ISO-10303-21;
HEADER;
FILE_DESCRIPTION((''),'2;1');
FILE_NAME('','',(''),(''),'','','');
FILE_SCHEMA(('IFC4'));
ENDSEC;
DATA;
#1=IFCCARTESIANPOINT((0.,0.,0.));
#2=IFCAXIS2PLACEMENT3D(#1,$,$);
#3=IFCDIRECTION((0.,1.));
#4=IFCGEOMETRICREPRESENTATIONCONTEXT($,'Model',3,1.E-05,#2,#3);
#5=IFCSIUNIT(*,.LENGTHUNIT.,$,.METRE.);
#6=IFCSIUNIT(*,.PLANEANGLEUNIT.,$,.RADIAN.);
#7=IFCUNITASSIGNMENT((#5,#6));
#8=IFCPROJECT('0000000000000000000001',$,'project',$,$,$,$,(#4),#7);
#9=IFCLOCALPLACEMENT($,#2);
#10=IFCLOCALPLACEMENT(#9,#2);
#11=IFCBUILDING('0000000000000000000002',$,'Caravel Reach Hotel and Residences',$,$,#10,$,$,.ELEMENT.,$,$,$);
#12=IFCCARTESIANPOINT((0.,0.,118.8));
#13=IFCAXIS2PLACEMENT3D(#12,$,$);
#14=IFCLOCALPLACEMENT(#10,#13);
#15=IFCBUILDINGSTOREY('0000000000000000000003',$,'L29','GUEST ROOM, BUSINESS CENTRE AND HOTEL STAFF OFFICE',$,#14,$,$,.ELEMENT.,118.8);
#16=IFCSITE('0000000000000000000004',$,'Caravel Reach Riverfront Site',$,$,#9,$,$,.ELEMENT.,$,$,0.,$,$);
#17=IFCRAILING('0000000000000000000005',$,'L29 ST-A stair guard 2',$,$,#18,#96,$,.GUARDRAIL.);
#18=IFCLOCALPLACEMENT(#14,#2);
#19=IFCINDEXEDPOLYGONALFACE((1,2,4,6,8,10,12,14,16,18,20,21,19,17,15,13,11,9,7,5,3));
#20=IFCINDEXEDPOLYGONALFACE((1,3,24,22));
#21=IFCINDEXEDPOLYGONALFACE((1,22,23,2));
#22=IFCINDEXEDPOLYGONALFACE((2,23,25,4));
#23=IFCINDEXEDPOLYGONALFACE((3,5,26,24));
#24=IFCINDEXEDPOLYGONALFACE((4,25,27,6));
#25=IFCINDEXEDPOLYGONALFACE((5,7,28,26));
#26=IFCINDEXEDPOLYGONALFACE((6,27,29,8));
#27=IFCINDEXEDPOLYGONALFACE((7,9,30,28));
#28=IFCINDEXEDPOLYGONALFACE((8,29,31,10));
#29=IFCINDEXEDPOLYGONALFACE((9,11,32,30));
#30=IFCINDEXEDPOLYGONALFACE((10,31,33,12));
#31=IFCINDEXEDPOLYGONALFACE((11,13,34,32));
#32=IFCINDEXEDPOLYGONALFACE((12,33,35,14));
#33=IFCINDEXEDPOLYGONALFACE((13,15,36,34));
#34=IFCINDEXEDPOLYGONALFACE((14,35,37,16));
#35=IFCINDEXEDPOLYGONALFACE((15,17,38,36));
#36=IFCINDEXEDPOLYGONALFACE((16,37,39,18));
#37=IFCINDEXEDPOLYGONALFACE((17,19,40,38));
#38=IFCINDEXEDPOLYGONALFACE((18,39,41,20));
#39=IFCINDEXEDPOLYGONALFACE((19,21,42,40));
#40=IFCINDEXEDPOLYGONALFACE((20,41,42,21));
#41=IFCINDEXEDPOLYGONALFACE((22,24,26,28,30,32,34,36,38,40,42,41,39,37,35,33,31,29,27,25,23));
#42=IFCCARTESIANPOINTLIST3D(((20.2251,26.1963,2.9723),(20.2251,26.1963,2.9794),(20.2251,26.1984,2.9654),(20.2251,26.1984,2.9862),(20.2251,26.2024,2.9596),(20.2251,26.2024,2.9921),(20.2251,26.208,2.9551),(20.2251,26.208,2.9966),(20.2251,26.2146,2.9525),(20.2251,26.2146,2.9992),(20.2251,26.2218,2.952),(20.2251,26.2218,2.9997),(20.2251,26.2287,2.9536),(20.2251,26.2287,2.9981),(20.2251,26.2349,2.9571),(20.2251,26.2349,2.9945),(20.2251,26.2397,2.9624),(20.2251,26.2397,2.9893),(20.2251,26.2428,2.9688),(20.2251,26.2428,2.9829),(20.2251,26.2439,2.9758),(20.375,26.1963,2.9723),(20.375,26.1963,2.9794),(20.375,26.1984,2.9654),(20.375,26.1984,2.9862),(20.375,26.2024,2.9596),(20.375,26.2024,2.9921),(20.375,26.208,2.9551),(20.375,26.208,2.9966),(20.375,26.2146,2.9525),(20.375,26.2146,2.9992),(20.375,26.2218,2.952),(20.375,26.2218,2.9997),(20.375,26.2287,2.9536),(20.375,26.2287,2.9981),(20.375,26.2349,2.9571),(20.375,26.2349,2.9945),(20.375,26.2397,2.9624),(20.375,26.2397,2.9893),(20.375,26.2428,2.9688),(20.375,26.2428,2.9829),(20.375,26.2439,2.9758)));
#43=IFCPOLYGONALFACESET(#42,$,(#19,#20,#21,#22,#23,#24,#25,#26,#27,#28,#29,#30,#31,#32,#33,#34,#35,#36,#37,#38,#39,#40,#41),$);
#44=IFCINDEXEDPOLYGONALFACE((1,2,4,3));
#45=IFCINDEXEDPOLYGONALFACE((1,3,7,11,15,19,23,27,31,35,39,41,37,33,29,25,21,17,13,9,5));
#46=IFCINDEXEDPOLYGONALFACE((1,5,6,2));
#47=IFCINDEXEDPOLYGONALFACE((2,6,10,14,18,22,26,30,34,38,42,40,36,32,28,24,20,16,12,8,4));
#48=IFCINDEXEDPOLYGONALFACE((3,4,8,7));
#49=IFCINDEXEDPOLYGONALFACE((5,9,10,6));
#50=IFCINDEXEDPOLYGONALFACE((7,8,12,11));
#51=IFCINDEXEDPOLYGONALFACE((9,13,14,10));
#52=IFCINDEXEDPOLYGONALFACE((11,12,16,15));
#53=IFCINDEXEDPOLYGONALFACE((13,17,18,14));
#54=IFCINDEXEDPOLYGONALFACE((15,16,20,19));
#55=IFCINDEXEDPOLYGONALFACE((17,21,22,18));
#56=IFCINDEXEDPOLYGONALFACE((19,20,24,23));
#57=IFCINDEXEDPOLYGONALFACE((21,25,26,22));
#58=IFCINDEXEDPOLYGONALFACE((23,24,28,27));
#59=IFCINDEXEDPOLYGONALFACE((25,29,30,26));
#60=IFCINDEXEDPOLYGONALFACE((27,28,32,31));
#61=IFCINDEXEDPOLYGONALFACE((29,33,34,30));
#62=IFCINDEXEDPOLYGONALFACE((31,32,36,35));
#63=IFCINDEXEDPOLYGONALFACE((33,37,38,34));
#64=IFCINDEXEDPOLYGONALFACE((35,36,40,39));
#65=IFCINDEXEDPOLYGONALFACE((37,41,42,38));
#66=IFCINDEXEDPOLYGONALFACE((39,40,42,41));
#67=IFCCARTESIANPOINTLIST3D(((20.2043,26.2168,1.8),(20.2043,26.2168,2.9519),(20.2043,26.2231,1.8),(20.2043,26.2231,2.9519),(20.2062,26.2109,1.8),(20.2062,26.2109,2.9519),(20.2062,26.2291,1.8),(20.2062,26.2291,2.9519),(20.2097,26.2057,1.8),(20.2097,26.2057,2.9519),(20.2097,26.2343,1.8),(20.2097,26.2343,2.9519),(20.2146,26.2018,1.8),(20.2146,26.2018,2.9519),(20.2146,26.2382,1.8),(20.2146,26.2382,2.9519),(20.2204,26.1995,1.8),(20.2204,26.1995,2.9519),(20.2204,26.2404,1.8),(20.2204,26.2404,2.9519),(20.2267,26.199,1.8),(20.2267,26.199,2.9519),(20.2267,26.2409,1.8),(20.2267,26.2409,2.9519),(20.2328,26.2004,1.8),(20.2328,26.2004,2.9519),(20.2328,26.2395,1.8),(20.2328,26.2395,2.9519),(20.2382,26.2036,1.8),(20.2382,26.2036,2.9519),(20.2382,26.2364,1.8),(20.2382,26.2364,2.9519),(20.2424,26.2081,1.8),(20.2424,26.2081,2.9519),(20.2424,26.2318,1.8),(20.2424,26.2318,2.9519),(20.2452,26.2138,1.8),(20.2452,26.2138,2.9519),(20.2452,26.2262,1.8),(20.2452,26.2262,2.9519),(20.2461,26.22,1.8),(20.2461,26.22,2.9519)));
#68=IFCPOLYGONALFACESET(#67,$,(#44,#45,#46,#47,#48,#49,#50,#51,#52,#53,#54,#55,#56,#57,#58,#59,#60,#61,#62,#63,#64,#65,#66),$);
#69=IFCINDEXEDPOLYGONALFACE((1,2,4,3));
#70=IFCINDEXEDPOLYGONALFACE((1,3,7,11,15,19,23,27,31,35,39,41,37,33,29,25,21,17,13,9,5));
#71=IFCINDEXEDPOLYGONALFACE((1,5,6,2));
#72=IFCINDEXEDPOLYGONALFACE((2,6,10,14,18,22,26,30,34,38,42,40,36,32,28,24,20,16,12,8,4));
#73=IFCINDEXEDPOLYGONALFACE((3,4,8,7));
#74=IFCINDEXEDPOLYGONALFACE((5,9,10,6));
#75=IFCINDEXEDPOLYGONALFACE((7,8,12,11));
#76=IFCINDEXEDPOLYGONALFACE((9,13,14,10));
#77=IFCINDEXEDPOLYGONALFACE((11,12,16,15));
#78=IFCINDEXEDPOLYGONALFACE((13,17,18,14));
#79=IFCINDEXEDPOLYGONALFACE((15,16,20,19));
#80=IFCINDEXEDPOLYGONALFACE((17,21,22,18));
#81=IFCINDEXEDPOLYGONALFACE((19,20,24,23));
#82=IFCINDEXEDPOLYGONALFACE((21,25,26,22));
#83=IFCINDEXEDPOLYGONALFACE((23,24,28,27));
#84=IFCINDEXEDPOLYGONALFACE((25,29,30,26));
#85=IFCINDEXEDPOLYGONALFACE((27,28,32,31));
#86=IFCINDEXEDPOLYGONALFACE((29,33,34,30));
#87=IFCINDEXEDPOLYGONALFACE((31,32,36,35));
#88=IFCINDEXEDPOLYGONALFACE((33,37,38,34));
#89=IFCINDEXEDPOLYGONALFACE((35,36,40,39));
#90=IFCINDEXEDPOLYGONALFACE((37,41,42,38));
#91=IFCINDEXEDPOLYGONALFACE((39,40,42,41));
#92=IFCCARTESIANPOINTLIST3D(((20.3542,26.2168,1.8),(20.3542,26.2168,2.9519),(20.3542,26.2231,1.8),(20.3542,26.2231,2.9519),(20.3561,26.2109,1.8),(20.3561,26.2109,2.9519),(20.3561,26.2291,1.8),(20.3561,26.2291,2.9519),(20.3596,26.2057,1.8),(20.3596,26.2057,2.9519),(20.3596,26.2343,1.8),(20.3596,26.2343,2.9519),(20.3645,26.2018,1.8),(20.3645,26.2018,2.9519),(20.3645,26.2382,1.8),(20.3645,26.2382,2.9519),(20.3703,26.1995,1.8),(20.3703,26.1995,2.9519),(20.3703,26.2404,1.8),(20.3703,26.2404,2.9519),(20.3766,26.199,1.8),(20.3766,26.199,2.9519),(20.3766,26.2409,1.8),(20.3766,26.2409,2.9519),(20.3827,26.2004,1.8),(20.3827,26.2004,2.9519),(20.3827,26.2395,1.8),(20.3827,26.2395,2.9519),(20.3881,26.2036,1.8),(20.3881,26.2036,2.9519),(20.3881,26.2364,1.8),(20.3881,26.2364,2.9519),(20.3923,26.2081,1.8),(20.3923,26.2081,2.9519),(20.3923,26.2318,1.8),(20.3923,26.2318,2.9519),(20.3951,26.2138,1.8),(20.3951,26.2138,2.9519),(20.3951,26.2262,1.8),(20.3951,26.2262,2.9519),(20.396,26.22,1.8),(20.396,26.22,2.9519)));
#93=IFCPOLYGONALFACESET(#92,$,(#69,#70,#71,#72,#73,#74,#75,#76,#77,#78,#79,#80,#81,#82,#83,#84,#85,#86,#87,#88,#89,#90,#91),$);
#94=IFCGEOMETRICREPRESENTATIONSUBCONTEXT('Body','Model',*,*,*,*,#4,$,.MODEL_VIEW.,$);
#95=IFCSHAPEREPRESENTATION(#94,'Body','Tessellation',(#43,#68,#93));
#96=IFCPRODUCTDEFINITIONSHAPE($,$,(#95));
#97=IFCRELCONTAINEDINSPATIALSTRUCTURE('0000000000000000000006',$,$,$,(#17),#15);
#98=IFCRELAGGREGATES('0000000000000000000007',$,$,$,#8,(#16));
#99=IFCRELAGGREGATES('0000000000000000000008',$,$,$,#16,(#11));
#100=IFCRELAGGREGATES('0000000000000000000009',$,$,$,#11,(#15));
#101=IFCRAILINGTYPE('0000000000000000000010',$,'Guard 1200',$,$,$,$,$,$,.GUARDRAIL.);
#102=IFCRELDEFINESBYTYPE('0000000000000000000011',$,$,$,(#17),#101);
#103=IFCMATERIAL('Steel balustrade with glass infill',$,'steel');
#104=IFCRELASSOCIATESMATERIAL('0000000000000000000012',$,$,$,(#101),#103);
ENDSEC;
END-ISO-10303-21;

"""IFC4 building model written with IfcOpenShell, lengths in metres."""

from ifc_helpers import new_model, si_unit, direction, frame, origin, origin_2d, place, context, subcontext, project, spatial, circle, extrude, material, type_object, element, save


model = new_model("IFC4")

# Units and contexts
model_context = context("Model", 3, precision=1e-05, world=origin(), true_north=direction((0.0, 1.0)))
body_context = subcontext(model_context, "Body", "Model", "MODEL_VIEW")
ifc_project = project(units=[si_unit("LENGTHUNIT", "METRE"), si_unit("PLANEANGLEUNIT", "RADIAN")], contexts=[model_context])

# Site, building, storey
site_placement = place(None, origin())
site = spatial("IfcSite", under=ifc_project, at=site_placement, Name="Caravel Reach Riverfront Site", CompositionType="ELEMENT", RefElevation=0.0)
building_placement = place(site_placement, origin())
building = spatial("IfcBuilding", under=site, at=building_placement, Name="Caravel Reach Hotel and Residences", CompositionType="ELEMENT")
storey_placement = place(building_placement, frame((0.0, 0.0, 118.8)))
storey = spatial("IfcBuildingStorey", under=building, at=storey_placement, Name="L29", Description="GUEST ROOM, BUSINESS CENTRE AND HOTEL STAFF OFFICE", CompositionType="ELEMENT", Elevation=118.8)

# Railing
ifc_material_1 = material(Name="Steel balustrade with glass infill", Category="steel")
railing_type = type_object("IfcRailingType", Name="Guard 1200", PredefinedType="GUARDRAIL", material=ifc_material_1)
railing_placement = place(storey_placement, frame((20.2251, 26.22, 1.8)))
element("IfcRailing", 1, at=railing_placement, inside=storey, type_object=railing_type, Name="L29 ST-A stair guard 2", PredefinedType="GUARDRAIL", context=body_context, shape_type="SweptSolid", body=[
    extrude(circle(Radius=0.0239, at=origin_2d()), frame((0.0, 0.0, 1.1758), z_axis=(1.0, 0.0, 0.0), x_axis=(0.0, 1.0, 0.0)), (0.0, 0.0, 1.0), 0.1499),
    extrude(circle(Radius=0.021, at=origin_2d()), origin(), (0.0, 0.0, 1.0), 1.1519),
    extrude(circle(Radius=0.021, at=origin_2d()), frame((0.1499, 0.0, 0.0)), (0.0, 0.0, 1.0), 1.1519),
])

save(model, "model.ifc")
